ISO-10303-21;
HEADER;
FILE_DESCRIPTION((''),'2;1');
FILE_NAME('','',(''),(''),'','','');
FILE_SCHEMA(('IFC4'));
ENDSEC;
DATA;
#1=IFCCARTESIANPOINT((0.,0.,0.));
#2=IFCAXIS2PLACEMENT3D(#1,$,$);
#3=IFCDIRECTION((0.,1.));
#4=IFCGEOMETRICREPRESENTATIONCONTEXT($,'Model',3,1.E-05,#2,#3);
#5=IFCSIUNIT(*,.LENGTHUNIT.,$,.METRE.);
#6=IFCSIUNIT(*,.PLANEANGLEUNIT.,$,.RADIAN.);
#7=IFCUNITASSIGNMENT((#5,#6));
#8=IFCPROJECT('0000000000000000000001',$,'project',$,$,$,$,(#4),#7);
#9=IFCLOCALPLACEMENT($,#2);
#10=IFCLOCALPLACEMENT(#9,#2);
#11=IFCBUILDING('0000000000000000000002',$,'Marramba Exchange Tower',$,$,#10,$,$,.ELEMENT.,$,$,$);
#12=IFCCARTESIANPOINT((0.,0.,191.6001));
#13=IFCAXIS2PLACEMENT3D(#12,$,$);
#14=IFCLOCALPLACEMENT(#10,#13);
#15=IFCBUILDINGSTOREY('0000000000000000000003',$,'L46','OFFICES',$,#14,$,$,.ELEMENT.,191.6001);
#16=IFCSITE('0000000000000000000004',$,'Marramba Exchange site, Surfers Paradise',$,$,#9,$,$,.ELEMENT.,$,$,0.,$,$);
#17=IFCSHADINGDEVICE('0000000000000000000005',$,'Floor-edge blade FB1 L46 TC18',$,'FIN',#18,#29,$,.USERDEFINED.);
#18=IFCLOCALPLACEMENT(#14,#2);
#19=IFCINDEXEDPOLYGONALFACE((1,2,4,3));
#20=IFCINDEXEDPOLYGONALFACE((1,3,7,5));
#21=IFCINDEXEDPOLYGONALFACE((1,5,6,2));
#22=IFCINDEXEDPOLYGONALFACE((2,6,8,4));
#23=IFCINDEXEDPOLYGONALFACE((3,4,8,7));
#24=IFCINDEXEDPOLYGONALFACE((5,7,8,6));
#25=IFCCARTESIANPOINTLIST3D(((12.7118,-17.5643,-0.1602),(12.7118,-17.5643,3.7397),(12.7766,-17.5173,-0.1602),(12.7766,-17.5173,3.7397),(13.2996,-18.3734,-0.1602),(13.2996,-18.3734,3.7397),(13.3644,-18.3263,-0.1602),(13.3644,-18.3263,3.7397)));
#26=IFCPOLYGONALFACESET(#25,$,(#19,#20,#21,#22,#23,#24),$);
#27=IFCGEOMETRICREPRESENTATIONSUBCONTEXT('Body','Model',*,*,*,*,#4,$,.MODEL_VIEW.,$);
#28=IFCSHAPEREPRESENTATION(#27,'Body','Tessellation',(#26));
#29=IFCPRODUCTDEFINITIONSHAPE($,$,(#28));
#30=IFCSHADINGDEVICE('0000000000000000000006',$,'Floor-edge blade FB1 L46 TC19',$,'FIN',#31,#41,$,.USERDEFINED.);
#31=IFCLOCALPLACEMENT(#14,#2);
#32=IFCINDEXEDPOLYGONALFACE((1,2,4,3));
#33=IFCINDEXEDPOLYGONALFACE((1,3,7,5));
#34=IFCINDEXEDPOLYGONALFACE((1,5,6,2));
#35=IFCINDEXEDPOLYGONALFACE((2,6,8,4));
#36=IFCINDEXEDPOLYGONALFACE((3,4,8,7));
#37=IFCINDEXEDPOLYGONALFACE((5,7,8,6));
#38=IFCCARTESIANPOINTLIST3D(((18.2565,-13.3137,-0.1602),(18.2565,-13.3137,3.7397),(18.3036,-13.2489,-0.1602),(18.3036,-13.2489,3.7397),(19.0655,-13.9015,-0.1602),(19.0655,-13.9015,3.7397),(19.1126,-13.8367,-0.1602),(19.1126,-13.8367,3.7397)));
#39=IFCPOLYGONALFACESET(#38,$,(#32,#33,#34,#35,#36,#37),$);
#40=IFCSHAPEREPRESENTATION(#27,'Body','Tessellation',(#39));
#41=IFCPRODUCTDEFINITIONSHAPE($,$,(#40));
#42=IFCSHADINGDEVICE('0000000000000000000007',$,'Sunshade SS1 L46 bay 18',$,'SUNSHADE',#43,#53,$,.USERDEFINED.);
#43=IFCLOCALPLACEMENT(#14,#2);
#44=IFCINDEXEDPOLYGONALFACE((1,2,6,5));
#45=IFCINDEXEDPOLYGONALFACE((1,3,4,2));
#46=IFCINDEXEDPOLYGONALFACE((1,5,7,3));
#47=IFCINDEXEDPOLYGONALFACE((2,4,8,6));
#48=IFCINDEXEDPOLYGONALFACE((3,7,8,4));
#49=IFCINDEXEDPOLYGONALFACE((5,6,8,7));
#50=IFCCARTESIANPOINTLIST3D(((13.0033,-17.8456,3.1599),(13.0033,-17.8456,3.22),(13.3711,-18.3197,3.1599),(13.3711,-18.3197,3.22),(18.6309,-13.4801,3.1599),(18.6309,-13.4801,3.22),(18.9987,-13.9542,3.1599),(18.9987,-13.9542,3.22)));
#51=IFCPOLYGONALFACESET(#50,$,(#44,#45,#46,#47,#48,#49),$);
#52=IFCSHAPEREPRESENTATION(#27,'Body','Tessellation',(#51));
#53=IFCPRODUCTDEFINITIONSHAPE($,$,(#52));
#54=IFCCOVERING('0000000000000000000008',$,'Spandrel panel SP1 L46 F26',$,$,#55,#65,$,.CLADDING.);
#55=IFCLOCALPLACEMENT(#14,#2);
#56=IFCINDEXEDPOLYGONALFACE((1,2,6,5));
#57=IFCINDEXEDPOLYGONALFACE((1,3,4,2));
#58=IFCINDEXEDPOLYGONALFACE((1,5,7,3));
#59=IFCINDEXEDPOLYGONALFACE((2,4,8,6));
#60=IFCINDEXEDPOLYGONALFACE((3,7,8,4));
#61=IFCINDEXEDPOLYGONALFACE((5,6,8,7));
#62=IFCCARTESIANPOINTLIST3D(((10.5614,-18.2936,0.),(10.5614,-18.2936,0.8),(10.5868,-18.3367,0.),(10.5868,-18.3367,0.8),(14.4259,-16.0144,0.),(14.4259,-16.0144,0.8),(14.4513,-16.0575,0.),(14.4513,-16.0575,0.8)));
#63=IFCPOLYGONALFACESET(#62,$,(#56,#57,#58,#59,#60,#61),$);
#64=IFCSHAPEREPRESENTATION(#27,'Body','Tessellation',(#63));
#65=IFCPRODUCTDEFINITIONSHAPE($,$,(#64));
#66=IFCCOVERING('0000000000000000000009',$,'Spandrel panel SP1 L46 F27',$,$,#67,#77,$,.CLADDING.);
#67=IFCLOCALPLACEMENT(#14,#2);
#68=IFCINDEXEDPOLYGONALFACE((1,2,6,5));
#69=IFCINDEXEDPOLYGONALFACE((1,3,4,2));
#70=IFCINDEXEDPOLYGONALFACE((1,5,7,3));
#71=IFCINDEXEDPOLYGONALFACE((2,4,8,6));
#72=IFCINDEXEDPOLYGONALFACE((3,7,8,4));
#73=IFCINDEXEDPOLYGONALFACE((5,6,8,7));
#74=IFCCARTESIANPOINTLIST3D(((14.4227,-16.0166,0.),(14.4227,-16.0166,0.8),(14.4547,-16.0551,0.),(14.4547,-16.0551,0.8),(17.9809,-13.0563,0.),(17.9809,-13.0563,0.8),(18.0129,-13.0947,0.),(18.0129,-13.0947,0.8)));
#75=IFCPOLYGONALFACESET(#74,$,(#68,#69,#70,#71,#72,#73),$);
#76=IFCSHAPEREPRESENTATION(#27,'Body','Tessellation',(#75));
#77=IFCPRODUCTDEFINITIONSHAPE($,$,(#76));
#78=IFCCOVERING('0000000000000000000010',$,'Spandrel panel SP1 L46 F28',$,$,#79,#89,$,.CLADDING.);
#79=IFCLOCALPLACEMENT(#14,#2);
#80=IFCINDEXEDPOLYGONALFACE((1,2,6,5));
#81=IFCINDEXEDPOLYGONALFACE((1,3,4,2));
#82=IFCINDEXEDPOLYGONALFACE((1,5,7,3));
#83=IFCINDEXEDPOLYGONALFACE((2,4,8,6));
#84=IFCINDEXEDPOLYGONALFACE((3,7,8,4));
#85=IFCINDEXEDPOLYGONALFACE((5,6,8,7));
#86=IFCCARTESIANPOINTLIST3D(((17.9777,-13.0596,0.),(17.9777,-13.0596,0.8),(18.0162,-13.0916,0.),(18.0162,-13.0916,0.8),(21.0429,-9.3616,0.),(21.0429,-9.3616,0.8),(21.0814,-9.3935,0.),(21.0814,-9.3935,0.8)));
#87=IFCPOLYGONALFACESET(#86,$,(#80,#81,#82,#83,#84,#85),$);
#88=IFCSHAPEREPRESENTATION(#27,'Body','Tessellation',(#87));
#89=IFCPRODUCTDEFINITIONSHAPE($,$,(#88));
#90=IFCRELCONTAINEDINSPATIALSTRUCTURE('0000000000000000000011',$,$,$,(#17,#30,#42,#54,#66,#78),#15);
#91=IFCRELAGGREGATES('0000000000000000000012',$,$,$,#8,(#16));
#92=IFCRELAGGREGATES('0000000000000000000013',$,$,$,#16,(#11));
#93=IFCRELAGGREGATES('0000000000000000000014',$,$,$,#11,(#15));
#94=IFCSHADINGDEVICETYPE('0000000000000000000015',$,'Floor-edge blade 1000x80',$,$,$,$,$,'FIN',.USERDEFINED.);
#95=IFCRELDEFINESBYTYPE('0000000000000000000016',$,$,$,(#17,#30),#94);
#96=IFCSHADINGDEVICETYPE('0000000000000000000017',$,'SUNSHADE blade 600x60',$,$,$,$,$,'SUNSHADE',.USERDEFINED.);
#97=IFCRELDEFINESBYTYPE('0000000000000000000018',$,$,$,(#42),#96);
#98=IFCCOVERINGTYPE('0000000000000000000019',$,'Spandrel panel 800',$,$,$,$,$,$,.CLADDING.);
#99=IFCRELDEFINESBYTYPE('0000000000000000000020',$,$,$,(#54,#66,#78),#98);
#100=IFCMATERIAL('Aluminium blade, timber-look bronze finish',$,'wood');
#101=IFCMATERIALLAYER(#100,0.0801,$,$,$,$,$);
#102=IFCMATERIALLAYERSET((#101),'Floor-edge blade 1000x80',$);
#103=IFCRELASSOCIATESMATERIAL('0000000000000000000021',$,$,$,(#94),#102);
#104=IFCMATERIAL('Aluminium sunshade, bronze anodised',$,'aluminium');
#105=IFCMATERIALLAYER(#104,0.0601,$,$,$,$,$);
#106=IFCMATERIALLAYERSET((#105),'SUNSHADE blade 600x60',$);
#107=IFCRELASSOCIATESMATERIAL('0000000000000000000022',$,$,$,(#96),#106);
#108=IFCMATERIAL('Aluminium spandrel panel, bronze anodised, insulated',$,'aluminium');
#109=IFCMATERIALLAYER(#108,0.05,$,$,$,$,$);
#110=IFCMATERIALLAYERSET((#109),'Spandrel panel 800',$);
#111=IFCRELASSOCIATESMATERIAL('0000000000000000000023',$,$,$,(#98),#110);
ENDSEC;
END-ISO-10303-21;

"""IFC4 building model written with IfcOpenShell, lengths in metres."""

from ifc_helpers import new_model, si_unit, direction, frame, origin, origin_2d, place, context, subcontext, project, spatial, rectangle, extrude, material, layer, layer_set, type_object, element, save


model = new_model("IFC4")

# Units and contexts
model_context = context("Model", 3, precision=1e-05, world=origin(), true_north=direction((0.0, 1.0)))
body_context = subcontext(model_context, "Body", "Model", "MODEL_VIEW")
ifc_project = project(units=[si_unit("LENGTHUNIT", "METRE"), si_unit("PLANEANGLEUNIT", "RADIAN")], contexts=[model_context])

# Site, building, storey
site_placement = place(None, origin())
site = spatial("IfcSite", under=ifc_project, at=site_placement, Name="Marramba Exchange site, Surfers Paradise", CompositionType="ELEMENT", RefElevation=0.0)
building_placement = place(site_placement, origin())
building = spatial("IfcBuilding", under=site, at=building_placement, Name="Marramba Exchange Tower", CompositionType="ELEMENT")
storey_placement = place(building_placement, frame((0.0, 0.0, 191.6001)))
storey = spatial("IfcBuildingStorey", under=building, at=storey_placement, Name="L46", Description="OFFICES", CompositionType="ELEMENT", Elevation=191.6001)

# Shading devices
ifc_material_1 = material(Name="Aluminium blade, timber-look bronze finish", Category="wood")
ifc_layer_1 = layer(ifc_material_1, 0.0801)
ifc_layer_set_1 = layer_set([ifc_layer_1], Name="Floor-edge blade 1000x80")
shading_device_type_1 = type_object("IfcShadingDeviceType", Name="Floor-edge blade 1000x80", ElementType="FIN", PredefinedType="USERDEFINED", material=ifc_layer_set_1)
for number, where, z_axis, x_axis, name in (
    (1, (13.0381, -17.9453, -0.1602), (0.0, 0.0, 1.0), (0.587785, -0.809017, 0.0), "Floor-edge blade FB1 L46 TC18"),
    (2, (18.6846, -13.5752, -0.1602), (0.0, 0.0, 1.0), (0.809017, -0.587785, 0.0), "Floor-edge blade FB1 L46 TC19"),
):
    element("IfcShadingDevice", number, at=place(storey_placement, frame(where, z_axis=z_axis, x_axis=x_axis)), inside=storey, type_object=shading_device_type_1, Name=name, ObjectType="FIN", PredefinedType="USERDEFINED", context=body_context, shape_type="SweptSolid", body=[
        extrude(rectangle(XDim=1.0, YDim=0.0801, at=origin_2d()), origin(), (0.0, 0.0, 1.0), 3.8999),
    ])
ifc_material_2 = material(Name="Aluminium sunshade, bronze anodised", Category="aluminium")
ifc_layer_2 = layer(ifc_material_2, 0.0601)
ifc_layer_set_2 = layer_set([ifc_layer_2], Name="SUNSHADE blade 600x60")
shading_device_type_2 = type_object("IfcShadingDeviceType", Name="SUNSHADE blade 600x60", ElementType="SUNSHADE", PredefinedType="USERDEFINED", material=ifc_layer_set_2)
shading_device_placement = place(storey_placement, frame((16.001, -15.8999, 3.1599), z_axis=(0.0, 0.0, 1.0), x_axis=(0.790133, 0.612935, 0.0)))
element("IfcShadingDevice", 3, at=shading_device_placement, inside=storey, type_object=shading_device_type_2, Name="Sunshade SS1 L46 bay 18", ObjectType="SUNSHADE", PredefinedType="USERDEFINED", context=body_context, shape_type="SweptSolid", body=[
    extrude(rectangle(XDim=7.1223, YDim=0.6001, at=origin_2d()), origin(), (0.0, 0.0, 1.0), 0.0601),
])

# Coverings
ifc_material_3 = material(Name="Aluminium spandrel panel, bronze anodised, insulated", Category="aluminium")
ifc_layer_3 = layer(ifc_material_3, 0.05)
ifc_layer_set_3 = layer_set([ifc_layer_3], Name="Spandrel panel 800")
covering_type = type_object("IfcCoveringType", Name="Spandrel panel 800", PredefinedType="CLADDING", material=ifc_layer_set_3)
covering_1_placement = place(storey_placement, frame((12.5063, -17.1755, 0.0), z_axis=(0.0, 0.0, 1.0), x_axis=(0.861351, 0.508011, 0.0)))
element("IfcCovering", 4, at=covering_1_placement, inside=storey, type_object=covering_type, Name="Spandrel panel SP1 L46 F26", PredefinedType="CLADDING", context=body_context, shape_type="SweptSolid", body=[
    extrude(rectangle(XDim=4.4866, YDim=0.05, at=origin_2d()), origin(), (0.0, 0.0, 1.0), 0.8),
])
covering_2_placement = place(storey_placement, frame((16.2178, -14.5557, 0.0), z_axis=(0.0, 0.0, 1.0), x_axis=(0.768737, 0.639565, 0.0)))
element("IfcCovering", 5, at=covering_2_placement, inside=storey, type_object=covering_type, Name="Spandrel panel SP1 L46 F27", PredefinedType="CLADDING", context=body_context, shape_type="SweptSolid", body=[
    extrude(rectangle(XDim=4.6287, YDim=0.05, at=origin_2d()), origin(), (0.0, 0.0, 1.0), 0.8),
])
covering_3_placement = place(storey_placement, frame((19.5295, -11.2266, 0.0), z_axis=(0.0, 0.0, 1.0), x_axis=(0.63815, 0.769912, 0.0)))
element("IfcCovering", 6, at=covering_3_placement, inside=storey, type_object=covering_type, Name="Spandrel panel SP1 L46 F28", PredefinedType="CLADDING", context=body_context, shape_type="SweptSolid", body=[
    extrude(rectangle(XDim=4.8032, YDim=0.05, at=origin_2d()), origin(), (0.0, 0.0, 1.0), 0.8),
])

save(model, "model.ifc")
